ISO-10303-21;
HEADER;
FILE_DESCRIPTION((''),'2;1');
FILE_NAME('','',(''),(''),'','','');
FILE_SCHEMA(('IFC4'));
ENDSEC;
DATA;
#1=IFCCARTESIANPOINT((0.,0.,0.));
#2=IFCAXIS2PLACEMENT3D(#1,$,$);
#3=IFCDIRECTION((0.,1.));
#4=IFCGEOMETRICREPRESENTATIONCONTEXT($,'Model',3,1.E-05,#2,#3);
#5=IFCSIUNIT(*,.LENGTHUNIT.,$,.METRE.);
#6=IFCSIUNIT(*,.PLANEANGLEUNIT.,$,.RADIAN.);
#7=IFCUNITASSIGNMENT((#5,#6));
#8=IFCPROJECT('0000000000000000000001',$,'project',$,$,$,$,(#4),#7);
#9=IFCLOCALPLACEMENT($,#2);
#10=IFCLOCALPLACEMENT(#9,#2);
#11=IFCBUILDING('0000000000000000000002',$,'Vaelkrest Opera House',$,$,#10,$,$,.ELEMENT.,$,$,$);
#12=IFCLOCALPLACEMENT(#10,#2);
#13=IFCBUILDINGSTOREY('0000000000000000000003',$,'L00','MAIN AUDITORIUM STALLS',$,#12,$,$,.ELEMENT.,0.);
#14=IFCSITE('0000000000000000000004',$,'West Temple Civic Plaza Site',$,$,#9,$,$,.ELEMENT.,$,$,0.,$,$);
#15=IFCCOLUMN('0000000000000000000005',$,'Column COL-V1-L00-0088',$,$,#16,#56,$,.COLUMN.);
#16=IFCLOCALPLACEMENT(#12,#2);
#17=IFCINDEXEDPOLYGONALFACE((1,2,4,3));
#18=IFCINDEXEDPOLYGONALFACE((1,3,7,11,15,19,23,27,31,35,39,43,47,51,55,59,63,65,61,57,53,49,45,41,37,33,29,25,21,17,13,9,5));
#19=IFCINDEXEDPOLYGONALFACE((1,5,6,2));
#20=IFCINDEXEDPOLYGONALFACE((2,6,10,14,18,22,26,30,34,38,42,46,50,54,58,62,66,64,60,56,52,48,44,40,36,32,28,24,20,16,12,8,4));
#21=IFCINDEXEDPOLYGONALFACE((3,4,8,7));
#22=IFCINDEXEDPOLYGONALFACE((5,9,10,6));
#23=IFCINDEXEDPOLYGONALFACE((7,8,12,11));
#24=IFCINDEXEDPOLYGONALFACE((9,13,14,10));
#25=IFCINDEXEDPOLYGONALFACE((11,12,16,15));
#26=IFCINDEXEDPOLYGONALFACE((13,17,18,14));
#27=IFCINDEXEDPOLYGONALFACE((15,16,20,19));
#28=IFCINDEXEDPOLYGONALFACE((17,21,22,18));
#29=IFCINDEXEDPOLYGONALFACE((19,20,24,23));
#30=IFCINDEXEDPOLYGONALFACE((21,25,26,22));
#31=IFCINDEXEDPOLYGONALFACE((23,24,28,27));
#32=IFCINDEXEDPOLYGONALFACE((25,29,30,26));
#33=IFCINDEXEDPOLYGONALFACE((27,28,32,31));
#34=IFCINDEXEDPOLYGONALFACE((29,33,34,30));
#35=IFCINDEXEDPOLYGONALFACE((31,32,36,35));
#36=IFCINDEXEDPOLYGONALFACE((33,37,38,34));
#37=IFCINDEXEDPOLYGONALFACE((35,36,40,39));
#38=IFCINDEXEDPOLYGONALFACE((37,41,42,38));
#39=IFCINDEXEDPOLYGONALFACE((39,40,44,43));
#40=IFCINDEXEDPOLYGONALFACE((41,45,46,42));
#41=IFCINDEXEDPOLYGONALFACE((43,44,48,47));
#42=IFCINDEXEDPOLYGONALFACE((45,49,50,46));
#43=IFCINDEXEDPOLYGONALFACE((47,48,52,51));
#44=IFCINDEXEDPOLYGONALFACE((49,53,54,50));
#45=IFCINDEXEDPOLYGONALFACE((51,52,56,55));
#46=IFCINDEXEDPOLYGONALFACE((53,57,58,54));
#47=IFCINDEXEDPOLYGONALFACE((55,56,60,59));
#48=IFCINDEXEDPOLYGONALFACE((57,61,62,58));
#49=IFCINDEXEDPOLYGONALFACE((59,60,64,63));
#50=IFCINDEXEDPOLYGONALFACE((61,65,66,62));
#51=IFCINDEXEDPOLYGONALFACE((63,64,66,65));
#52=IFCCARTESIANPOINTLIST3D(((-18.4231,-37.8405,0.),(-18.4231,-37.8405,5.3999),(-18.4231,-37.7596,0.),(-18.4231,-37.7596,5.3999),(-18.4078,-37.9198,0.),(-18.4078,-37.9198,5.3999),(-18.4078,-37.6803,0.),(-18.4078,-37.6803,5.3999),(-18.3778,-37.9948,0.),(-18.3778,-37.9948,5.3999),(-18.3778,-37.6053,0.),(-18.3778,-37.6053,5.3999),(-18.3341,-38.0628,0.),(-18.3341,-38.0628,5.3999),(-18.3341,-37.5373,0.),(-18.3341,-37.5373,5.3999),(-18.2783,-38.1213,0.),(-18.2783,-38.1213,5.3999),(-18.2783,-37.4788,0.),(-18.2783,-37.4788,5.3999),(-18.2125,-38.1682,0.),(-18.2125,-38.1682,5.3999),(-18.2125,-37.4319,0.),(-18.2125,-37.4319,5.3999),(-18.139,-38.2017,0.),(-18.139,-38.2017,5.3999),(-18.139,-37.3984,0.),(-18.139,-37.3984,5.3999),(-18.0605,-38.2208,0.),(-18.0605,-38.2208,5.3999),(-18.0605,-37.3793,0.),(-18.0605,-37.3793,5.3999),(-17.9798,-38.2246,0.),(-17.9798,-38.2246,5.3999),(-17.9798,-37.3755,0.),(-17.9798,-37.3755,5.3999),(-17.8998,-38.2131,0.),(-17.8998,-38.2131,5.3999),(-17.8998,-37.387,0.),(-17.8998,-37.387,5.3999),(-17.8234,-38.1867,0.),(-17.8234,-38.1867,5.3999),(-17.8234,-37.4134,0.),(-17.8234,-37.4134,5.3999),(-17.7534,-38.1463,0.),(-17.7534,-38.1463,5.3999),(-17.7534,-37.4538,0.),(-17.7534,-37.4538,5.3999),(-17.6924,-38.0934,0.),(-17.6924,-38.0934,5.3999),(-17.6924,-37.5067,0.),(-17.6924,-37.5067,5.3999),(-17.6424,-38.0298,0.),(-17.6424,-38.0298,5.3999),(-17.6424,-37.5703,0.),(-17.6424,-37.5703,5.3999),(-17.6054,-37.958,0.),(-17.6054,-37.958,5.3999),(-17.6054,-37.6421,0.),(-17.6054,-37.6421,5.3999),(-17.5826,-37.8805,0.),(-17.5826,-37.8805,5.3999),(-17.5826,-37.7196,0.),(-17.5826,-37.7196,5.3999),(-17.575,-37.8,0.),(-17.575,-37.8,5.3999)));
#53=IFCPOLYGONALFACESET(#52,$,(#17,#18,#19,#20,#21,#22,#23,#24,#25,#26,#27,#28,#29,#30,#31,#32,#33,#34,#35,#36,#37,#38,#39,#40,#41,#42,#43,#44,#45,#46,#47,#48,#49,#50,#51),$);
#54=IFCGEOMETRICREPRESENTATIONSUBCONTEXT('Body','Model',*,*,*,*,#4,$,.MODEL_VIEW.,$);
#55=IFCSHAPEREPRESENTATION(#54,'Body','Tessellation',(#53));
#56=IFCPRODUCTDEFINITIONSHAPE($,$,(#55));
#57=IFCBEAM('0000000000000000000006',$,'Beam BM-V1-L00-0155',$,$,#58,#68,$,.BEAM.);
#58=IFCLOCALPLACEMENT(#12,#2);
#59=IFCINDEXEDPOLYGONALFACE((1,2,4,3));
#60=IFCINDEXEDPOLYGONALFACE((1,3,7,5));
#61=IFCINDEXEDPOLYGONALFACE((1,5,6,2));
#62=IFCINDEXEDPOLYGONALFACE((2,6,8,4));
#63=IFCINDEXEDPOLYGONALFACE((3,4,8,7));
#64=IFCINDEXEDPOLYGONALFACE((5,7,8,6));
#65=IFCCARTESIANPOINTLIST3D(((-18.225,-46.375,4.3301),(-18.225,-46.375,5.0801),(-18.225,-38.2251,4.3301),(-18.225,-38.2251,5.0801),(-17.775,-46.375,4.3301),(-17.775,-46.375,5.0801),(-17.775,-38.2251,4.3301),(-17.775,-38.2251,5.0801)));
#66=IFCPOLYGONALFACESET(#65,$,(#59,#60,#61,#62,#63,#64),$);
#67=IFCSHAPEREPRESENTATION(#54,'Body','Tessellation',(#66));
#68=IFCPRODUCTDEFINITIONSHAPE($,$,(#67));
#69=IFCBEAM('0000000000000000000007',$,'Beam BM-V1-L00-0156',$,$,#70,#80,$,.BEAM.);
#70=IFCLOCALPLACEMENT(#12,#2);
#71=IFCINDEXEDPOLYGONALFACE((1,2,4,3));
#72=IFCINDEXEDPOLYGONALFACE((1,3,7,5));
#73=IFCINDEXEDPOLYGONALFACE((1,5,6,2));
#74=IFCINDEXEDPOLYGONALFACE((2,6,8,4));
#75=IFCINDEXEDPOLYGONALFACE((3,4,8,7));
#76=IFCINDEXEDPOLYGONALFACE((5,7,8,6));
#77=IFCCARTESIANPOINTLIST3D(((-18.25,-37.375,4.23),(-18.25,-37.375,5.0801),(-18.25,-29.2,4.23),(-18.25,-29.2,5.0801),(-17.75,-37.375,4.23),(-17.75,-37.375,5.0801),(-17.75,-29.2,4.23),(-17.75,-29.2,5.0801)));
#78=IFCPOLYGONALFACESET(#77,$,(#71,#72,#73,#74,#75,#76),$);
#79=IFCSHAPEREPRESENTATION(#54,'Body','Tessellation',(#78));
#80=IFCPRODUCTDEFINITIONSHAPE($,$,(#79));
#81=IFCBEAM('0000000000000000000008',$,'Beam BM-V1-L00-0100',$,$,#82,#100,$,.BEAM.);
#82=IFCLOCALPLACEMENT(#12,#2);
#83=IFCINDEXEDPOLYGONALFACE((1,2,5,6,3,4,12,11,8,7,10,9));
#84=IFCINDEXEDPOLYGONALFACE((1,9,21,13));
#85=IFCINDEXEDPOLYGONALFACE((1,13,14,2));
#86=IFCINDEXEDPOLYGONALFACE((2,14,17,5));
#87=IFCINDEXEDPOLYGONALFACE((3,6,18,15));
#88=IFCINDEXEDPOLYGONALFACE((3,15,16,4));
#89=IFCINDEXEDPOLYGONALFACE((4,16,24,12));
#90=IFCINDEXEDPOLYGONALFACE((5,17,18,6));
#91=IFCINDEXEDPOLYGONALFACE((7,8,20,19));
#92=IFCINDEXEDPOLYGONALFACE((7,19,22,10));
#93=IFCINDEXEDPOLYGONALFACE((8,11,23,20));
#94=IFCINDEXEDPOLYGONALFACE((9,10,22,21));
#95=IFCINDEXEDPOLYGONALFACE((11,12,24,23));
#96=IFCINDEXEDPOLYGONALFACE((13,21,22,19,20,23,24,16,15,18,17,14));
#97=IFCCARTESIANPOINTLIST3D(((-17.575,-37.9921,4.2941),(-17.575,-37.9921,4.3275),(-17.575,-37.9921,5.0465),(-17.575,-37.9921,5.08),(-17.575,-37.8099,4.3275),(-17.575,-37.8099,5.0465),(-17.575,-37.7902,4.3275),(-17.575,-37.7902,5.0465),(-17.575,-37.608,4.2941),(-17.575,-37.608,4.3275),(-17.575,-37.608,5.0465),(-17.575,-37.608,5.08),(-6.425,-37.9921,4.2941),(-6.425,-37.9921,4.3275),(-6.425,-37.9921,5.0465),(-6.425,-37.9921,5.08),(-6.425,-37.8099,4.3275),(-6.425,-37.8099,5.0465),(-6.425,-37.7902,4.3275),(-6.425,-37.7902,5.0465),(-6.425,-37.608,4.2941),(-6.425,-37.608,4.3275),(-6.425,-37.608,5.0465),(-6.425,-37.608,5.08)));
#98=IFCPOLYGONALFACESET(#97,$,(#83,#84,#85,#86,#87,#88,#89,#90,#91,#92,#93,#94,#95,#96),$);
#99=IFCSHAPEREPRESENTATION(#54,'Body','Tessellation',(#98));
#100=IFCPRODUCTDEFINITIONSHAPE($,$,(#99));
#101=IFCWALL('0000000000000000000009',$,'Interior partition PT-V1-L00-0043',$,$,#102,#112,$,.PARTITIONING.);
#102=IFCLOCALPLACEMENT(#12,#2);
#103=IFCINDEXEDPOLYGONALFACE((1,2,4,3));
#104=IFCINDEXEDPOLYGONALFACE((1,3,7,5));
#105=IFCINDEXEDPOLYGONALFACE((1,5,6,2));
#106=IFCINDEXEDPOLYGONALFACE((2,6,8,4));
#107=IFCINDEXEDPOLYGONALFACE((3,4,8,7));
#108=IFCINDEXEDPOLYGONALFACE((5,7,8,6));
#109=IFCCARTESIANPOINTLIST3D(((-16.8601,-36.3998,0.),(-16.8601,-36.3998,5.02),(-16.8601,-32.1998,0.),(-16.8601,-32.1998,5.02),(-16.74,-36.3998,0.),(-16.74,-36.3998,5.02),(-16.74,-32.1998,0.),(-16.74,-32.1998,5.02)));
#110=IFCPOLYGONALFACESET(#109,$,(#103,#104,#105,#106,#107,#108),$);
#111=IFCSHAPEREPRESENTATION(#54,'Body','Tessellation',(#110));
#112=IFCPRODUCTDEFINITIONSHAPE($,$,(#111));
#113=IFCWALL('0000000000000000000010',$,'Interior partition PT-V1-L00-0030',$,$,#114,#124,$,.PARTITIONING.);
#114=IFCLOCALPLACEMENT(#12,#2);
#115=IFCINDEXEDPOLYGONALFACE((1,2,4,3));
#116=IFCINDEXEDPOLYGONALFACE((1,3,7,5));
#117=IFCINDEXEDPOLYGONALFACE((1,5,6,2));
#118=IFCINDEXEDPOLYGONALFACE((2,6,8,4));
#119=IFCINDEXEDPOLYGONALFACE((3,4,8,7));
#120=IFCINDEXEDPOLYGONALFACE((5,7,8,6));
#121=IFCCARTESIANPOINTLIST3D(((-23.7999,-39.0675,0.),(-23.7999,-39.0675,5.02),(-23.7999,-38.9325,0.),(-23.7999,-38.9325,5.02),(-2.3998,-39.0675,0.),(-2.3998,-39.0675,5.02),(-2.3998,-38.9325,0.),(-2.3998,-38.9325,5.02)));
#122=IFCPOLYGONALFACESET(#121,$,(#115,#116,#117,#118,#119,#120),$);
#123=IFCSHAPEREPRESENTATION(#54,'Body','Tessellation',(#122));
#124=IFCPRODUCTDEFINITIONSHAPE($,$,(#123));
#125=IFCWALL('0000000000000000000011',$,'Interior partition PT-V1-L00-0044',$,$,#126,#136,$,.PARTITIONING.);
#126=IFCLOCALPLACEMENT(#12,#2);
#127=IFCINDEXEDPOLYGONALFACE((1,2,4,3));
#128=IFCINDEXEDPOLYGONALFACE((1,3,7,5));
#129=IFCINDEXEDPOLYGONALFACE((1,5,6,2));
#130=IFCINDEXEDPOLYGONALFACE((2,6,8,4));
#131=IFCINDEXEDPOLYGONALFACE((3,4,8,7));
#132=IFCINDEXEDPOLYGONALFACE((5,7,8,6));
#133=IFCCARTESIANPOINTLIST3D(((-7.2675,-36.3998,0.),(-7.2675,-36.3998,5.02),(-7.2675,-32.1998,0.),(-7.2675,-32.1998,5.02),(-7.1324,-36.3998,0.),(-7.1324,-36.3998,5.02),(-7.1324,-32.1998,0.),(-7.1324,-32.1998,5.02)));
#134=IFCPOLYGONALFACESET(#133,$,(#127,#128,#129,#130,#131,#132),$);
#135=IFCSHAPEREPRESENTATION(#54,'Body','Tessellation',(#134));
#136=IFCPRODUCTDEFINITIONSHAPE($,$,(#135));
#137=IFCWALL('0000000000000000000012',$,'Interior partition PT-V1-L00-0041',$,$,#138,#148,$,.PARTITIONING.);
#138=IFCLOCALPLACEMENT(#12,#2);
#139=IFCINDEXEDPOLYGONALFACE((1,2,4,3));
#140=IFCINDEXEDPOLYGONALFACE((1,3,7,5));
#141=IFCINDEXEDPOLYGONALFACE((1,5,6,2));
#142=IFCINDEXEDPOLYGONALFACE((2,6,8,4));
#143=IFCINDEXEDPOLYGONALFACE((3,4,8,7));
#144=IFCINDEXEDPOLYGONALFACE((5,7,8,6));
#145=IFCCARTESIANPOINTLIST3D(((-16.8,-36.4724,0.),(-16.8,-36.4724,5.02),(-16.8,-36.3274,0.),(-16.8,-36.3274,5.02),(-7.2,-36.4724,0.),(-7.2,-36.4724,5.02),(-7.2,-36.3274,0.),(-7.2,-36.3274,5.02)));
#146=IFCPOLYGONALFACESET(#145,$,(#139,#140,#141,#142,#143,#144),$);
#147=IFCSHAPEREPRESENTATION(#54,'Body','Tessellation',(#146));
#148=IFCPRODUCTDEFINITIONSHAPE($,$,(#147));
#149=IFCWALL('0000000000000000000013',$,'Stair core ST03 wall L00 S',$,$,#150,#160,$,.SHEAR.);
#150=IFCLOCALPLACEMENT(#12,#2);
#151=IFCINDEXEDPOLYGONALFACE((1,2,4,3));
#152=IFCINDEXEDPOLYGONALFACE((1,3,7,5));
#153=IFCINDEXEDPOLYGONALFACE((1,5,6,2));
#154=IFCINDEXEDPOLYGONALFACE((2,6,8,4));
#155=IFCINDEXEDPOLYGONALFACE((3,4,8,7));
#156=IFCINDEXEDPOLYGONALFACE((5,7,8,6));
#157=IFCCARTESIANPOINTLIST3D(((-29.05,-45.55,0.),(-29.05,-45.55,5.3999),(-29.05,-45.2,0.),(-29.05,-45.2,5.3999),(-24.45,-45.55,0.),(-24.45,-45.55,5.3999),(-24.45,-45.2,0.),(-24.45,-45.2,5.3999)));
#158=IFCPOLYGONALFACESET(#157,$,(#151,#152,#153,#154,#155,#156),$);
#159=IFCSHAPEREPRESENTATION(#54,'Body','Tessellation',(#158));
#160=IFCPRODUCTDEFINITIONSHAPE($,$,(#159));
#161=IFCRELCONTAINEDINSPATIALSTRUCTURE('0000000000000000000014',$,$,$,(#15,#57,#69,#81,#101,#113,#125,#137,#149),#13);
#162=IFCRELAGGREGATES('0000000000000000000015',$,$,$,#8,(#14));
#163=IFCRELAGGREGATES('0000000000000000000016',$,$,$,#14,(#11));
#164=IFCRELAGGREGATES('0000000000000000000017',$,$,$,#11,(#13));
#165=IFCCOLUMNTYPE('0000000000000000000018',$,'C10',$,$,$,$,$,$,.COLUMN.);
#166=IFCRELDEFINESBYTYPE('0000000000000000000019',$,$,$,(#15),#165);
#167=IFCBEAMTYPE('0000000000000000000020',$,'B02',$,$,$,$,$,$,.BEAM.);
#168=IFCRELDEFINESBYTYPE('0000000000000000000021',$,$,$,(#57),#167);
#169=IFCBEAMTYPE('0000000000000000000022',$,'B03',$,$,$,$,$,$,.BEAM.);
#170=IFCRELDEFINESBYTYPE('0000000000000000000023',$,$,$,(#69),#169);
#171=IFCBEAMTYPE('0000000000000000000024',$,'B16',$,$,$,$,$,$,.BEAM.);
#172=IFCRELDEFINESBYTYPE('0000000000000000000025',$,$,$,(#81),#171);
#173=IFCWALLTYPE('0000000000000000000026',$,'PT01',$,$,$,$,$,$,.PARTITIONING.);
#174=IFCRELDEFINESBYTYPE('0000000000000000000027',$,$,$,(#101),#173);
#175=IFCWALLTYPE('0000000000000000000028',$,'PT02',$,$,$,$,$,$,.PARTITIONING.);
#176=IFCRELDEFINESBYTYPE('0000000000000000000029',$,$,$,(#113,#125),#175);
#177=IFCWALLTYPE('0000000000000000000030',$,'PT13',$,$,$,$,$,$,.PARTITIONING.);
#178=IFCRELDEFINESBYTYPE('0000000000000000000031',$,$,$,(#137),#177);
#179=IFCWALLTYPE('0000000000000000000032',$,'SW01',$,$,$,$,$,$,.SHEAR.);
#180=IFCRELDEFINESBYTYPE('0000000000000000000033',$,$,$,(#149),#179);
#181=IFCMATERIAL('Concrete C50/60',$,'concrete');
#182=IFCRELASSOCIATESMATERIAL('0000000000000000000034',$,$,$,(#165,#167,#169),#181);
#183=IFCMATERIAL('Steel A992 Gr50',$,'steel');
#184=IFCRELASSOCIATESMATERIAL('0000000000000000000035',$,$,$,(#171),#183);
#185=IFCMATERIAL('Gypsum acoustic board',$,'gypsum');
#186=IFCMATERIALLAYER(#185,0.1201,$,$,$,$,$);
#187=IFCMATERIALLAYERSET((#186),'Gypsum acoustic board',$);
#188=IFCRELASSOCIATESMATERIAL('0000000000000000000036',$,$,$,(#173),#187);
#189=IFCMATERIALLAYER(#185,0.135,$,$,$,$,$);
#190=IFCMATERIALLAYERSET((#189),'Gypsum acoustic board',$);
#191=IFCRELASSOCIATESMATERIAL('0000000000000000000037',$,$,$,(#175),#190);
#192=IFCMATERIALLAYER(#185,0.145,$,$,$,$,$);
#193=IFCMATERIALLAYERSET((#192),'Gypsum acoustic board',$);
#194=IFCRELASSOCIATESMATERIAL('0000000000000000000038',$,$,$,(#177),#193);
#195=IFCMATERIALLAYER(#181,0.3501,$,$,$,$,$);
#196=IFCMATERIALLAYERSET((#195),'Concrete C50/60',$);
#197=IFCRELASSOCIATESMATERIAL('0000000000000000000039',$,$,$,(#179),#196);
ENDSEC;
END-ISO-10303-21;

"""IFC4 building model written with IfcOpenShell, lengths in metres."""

from ifc_helpers import new_model, si_unit, direction, frame, frame_2d, origin, origin_2d, place, context, subcontext, project, spatial, rectangle, circle, i_section, extrude, material, layer, layer_set, material_profile, profile_set, type_object, element, save


model = new_model("IFC4")

# Units and contexts
model_context = context("Model", 3, precision=1e-05, world=origin(), true_north=direction((0.0, 1.0)))
body_context = subcontext(model_context, "Body", "Model", "MODEL_VIEW")
ifc_project = project(units=[si_unit("LENGTHUNIT", "METRE"), si_unit("PLANEANGLEUNIT", "RADIAN")], contexts=[model_context])

# Site, building, storey
site_placement = place(None, origin())
site = spatial("IfcSite", under=ifc_project, at=site_placement, Name="West Temple Civic Plaza Site", CompositionType="ELEMENT", RefElevation=0.0)
building_placement = place(site_placement, origin())
building = spatial("IfcBuilding", under=site, at=building_placement, Name="Vaelkrest Opera House", CompositionType="ELEMENT")
storey_placement = place(building_placement, origin())
storey = spatial("IfcBuildingStorey", under=building, at=storey_placement, Name="L00", Description="MAIN AUDITORIUM STALLS", CompositionType="ELEMENT", Elevation=0.0)

# Column
ifc_material_1 = material(Name="Concrete C50/60", Category="concrete")
ifc_material_profile_1 = material_profile(ifc_material_1, circle(Radius=0.425, at=origin_2d()), Name="RCD850")
ifc_profile_set_1 = profile_set([ifc_material_profile_1], Name="Concrete C50/60")
column_type = type_object("IfcColumnType", Name="C10", PredefinedType="COLUMN", material=ifc_profile_set_1)
column_placement = place(storey_placement, frame((-18.0, -37.8, 0.0), z_axis=(0.0, 0.0, 1.0), x_axis=(1.0, 0.0, 0.0)))
element("IfcColumn", 1, at=column_placement, inside=storey, type_object=column_type, Name="Column COL-V1-L00-0088", PredefinedType="COLUMN", context=body_context, shape_type="SweptSolid", body=[
    extrude(circle(Radius=0.425, at=origin_2d()), origin(), (0.0, 0.0, 1.0), 5.3999),
])

# Beams
ifc_material_profile_2 = material_profile(ifc_material_1, rectangle(XDim=0.45, YDim=0.75, at=origin_2d()), Name="RCB450X750")
ifc_profile_set_2 = profile_set([ifc_material_profile_2], Name="Concrete C50/60")
beam_type_1 = type_object("IfcBeamType", Name="B02", PredefinedType="BEAM", material=ifc_profile_set_2)
beam_1_placement = place(storey_placement, frame((-18.0, -46.375, 4.7051), z_axis=(0.0, 1.0, 0.0), x_axis=(-1.0, 0.0, 0.0)))
element("IfcBeam", 2, at=beam_1_placement, inside=storey, type_object=beam_type_1, Name="Beam BM-V1-L00-0155", PredefinedType="BEAM", context=body_context, shape_type="SweptSolid", body=[
    extrude(rectangle(XDim=0.45, YDim=0.75, at=origin_2d()), origin(), (0.0, 0.0, 1.0), 8.1499),
])
ifc_material_profile_3 = material_profile(ifc_material_1, rectangle(XDim=0.5, YDim=0.8501, at=origin_2d()), Name="RCB500X850")
ifc_profile_set_3 = profile_set([ifc_material_profile_3], Name="Concrete C50/60")
beam_type_2 = type_object("IfcBeamType", Name="B03", PredefinedType="BEAM", material=ifc_profile_set_3)
beam_2_placement = place(storey_placement, frame((-18.0, -37.375, 4.655), z_axis=(0.0, 1.0, 0.0), x_axis=(-1.0, 0.0, 0.0)))
element("IfcBeam", 3, at=beam_2_placement, inside=storey, type_object=beam_type_2, Name="Beam BM-V1-L00-0156", PredefinedType="BEAM", context=body_context, shape_type="SweptSolid", body=[
    extrude(rectangle(XDim=0.5, YDim=0.8501, at=origin_2d()), origin(), (0.0, 0.0, 1.0), 8.175),
])
ifc_material_2 = material(Name="Steel A992 Gr50", Category="steel")
ifc_material_profile_4 = material_profile(ifc_material_2, i_section(OverallWidth=0.384, OverallDepth=0.7859, WebThickness=0.0198, FlangeThickness=0.0334, at=origin_2d()), Name="W30X211")
ifc_profile_set_4 = profile_set([ifc_material_profile_4], Name="Steel A992 Gr50")
beam_type_3 = type_object("IfcBeamType", Name="B16", PredefinedType="BEAM", material=ifc_profile_set_4)
beam_3_placement = place(storey_placement, frame((-17.575, -37.8, 4.687), z_axis=(1.0, 0.0, 0.0), x_axis=(0.0, 1.0, 0.0)))
element("IfcBeam", 4, at=beam_3_placement, inside=storey, type_object=beam_type_3, Name="Beam BM-V1-L00-0100", PredefinedType="BEAM", context=body_context, shape_type="SweptSolid", body=[
    extrude(i_section(OverallWidth=0.384, OverallDepth=0.7859, WebThickness=0.0198, FlangeThickness=0.0334, at=origin_2d()), origin(), (0.0, 0.0, 1.0), 11.1499),
])

# Walls
ifc_material_3 = material(Name="Gypsum acoustic board", Category="gypsum")
ifc_layer_1 = layer(ifc_material_3, 0.1201)
ifc_layer_set_1 = layer_set([ifc_layer_1], Name="Gypsum acoustic board")
wall_type_1 = type_object("IfcWallType", Name="PT01", PredefinedType="PARTITIONING", material=ifc_layer_set_1)
wall_1_placement = place(storey_placement, frame((-16.8, -36.3999, 0.0), z_axis=(0.0, 0.0, 1.0), x_axis=(0.0, 1.0, 0.0)))
element("IfcWall", 5, at=wall_1_placement, inside=storey, type_object=wall_type_1, Name="Interior partition PT-V1-L00-0043", PredefinedType="PARTITIONING", context=body_context, shape_type="SweptSolid", body=[
    extrude(rectangle(XDim=4.2, YDim=0.1201, at=frame_2d((2.1001, 0.0))), origin(), (0.0, 0.0, 1.0), 5.02),
])
ifc_layer_2 = layer(ifc_material_3, 0.135)
ifc_layer_set_2 = layer_set([ifc_layer_2], Name="Gypsum acoustic board")
wall_type_2 = type_object("IfcWallType", Name="PT02", PredefinedType="PARTITIONING", material=ifc_layer_set_2)
wall_2_placement = place(storey_placement, frame((-23.8, -39.0, 0.0), z_axis=(0.0, 0.0, 1.0), x_axis=(1.0, 0.0, 0.0)))
element("IfcWall", 6, at=wall_2_placement, inside=storey, type_object=wall_type_2, Name="Interior partition PT-V1-L00-0030", PredefinedType="PARTITIONING", context=body_context, shape_type="SweptSolid", body=[
    extrude(rectangle(XDim=21.4001, YDim=0.135, at=frame_2d((10.7002, 0.0))), origin(), (0.0, 0.0, 1.0), 5.02),
])
wall_3_placement = place(storey_placement, frame((-7.2, -36.3999, 0.0), z_axis=(0.0, 0.0, 1.0), x_axis=(0.0, 1.0, 0.0)))
element("IfcWall", 7, at=wall_3_placement, inside=storey, type_object=wall_type_2, Name="Interior partition PT-V1-L00-0044", PredefinedType="PARTITIONING", context=body_context, shape_type="SweptSolid", body=[
    extrude(rectangle(XDim=4.2, YDim=0.135, at=frame_2d((2.1001, 0.0))), origin(), (0.0, 0.0, 1.0), 5.02),
])
ifc_layer_3 = layer(ifc_material_3, 0.145)
ifc_layer_set_3 = layer_set([ifc_layer_3], Name="Gypsum acoustic board")
wall_type_3 = type_object("IfcWallType", Name="PT13", PredefinedType="PARTITIONING", material=ifc_layer_set_3)
wall_4_placement = place(storey_placement, frame((-16.8, -36.3999, 0.0), z_axis=(0.0, 0.0, 1.0), x_axis=(1.0, 0.0, 0.0)))
element("IfcWall", 8, at=wall_4_placement, inside=storey, type_object=wall_type_3, Name="Interior partition PT-V1-L00-0041", PredefinedType="PARTITIONING", context=body_context, shape_type="SweptSolid", body=[
    extrude(rectangle(XDim=9.6001, YDim=0.145, at=frame_2d((4.8, 0.0))), origin(), (0.0, 0.0, 1.0), 5.02),
])
ifc_layer_4 = layer(ifc_material_1, 0.3501)
ifc_layer_set_4 = layer_set([ifc_layer_4], Name="Concrete C50/60")
wall_type_4 = type_object("IfcWallType", Name="SW01", PredefinedType="SHEAR", material=ifc_layer_set_4)
wall_5_placement = place(storey_placement, frame((-24.45, -45.375, 0.0), z_axis=(0.0, 0.0, 1.0), x_axis=(-1.0, 0.0, 0.0)))
element("IfcWall", 9, at=wall_5_placement, inside=storey, type_object=wall_type_4, Name="Stair core ST03 wall L00 S", PredefinedType="SHEAR", context=body_context, shape_type="SweptSolid", body=[
    extrude(rectangle(XDim=4.6001, YDim=0.3501, at=frame_2d((2.3, 0.0))), origin(), (0.0, 0.0, 1.0), 5.3999),
])

save(model, "model.ifc")
